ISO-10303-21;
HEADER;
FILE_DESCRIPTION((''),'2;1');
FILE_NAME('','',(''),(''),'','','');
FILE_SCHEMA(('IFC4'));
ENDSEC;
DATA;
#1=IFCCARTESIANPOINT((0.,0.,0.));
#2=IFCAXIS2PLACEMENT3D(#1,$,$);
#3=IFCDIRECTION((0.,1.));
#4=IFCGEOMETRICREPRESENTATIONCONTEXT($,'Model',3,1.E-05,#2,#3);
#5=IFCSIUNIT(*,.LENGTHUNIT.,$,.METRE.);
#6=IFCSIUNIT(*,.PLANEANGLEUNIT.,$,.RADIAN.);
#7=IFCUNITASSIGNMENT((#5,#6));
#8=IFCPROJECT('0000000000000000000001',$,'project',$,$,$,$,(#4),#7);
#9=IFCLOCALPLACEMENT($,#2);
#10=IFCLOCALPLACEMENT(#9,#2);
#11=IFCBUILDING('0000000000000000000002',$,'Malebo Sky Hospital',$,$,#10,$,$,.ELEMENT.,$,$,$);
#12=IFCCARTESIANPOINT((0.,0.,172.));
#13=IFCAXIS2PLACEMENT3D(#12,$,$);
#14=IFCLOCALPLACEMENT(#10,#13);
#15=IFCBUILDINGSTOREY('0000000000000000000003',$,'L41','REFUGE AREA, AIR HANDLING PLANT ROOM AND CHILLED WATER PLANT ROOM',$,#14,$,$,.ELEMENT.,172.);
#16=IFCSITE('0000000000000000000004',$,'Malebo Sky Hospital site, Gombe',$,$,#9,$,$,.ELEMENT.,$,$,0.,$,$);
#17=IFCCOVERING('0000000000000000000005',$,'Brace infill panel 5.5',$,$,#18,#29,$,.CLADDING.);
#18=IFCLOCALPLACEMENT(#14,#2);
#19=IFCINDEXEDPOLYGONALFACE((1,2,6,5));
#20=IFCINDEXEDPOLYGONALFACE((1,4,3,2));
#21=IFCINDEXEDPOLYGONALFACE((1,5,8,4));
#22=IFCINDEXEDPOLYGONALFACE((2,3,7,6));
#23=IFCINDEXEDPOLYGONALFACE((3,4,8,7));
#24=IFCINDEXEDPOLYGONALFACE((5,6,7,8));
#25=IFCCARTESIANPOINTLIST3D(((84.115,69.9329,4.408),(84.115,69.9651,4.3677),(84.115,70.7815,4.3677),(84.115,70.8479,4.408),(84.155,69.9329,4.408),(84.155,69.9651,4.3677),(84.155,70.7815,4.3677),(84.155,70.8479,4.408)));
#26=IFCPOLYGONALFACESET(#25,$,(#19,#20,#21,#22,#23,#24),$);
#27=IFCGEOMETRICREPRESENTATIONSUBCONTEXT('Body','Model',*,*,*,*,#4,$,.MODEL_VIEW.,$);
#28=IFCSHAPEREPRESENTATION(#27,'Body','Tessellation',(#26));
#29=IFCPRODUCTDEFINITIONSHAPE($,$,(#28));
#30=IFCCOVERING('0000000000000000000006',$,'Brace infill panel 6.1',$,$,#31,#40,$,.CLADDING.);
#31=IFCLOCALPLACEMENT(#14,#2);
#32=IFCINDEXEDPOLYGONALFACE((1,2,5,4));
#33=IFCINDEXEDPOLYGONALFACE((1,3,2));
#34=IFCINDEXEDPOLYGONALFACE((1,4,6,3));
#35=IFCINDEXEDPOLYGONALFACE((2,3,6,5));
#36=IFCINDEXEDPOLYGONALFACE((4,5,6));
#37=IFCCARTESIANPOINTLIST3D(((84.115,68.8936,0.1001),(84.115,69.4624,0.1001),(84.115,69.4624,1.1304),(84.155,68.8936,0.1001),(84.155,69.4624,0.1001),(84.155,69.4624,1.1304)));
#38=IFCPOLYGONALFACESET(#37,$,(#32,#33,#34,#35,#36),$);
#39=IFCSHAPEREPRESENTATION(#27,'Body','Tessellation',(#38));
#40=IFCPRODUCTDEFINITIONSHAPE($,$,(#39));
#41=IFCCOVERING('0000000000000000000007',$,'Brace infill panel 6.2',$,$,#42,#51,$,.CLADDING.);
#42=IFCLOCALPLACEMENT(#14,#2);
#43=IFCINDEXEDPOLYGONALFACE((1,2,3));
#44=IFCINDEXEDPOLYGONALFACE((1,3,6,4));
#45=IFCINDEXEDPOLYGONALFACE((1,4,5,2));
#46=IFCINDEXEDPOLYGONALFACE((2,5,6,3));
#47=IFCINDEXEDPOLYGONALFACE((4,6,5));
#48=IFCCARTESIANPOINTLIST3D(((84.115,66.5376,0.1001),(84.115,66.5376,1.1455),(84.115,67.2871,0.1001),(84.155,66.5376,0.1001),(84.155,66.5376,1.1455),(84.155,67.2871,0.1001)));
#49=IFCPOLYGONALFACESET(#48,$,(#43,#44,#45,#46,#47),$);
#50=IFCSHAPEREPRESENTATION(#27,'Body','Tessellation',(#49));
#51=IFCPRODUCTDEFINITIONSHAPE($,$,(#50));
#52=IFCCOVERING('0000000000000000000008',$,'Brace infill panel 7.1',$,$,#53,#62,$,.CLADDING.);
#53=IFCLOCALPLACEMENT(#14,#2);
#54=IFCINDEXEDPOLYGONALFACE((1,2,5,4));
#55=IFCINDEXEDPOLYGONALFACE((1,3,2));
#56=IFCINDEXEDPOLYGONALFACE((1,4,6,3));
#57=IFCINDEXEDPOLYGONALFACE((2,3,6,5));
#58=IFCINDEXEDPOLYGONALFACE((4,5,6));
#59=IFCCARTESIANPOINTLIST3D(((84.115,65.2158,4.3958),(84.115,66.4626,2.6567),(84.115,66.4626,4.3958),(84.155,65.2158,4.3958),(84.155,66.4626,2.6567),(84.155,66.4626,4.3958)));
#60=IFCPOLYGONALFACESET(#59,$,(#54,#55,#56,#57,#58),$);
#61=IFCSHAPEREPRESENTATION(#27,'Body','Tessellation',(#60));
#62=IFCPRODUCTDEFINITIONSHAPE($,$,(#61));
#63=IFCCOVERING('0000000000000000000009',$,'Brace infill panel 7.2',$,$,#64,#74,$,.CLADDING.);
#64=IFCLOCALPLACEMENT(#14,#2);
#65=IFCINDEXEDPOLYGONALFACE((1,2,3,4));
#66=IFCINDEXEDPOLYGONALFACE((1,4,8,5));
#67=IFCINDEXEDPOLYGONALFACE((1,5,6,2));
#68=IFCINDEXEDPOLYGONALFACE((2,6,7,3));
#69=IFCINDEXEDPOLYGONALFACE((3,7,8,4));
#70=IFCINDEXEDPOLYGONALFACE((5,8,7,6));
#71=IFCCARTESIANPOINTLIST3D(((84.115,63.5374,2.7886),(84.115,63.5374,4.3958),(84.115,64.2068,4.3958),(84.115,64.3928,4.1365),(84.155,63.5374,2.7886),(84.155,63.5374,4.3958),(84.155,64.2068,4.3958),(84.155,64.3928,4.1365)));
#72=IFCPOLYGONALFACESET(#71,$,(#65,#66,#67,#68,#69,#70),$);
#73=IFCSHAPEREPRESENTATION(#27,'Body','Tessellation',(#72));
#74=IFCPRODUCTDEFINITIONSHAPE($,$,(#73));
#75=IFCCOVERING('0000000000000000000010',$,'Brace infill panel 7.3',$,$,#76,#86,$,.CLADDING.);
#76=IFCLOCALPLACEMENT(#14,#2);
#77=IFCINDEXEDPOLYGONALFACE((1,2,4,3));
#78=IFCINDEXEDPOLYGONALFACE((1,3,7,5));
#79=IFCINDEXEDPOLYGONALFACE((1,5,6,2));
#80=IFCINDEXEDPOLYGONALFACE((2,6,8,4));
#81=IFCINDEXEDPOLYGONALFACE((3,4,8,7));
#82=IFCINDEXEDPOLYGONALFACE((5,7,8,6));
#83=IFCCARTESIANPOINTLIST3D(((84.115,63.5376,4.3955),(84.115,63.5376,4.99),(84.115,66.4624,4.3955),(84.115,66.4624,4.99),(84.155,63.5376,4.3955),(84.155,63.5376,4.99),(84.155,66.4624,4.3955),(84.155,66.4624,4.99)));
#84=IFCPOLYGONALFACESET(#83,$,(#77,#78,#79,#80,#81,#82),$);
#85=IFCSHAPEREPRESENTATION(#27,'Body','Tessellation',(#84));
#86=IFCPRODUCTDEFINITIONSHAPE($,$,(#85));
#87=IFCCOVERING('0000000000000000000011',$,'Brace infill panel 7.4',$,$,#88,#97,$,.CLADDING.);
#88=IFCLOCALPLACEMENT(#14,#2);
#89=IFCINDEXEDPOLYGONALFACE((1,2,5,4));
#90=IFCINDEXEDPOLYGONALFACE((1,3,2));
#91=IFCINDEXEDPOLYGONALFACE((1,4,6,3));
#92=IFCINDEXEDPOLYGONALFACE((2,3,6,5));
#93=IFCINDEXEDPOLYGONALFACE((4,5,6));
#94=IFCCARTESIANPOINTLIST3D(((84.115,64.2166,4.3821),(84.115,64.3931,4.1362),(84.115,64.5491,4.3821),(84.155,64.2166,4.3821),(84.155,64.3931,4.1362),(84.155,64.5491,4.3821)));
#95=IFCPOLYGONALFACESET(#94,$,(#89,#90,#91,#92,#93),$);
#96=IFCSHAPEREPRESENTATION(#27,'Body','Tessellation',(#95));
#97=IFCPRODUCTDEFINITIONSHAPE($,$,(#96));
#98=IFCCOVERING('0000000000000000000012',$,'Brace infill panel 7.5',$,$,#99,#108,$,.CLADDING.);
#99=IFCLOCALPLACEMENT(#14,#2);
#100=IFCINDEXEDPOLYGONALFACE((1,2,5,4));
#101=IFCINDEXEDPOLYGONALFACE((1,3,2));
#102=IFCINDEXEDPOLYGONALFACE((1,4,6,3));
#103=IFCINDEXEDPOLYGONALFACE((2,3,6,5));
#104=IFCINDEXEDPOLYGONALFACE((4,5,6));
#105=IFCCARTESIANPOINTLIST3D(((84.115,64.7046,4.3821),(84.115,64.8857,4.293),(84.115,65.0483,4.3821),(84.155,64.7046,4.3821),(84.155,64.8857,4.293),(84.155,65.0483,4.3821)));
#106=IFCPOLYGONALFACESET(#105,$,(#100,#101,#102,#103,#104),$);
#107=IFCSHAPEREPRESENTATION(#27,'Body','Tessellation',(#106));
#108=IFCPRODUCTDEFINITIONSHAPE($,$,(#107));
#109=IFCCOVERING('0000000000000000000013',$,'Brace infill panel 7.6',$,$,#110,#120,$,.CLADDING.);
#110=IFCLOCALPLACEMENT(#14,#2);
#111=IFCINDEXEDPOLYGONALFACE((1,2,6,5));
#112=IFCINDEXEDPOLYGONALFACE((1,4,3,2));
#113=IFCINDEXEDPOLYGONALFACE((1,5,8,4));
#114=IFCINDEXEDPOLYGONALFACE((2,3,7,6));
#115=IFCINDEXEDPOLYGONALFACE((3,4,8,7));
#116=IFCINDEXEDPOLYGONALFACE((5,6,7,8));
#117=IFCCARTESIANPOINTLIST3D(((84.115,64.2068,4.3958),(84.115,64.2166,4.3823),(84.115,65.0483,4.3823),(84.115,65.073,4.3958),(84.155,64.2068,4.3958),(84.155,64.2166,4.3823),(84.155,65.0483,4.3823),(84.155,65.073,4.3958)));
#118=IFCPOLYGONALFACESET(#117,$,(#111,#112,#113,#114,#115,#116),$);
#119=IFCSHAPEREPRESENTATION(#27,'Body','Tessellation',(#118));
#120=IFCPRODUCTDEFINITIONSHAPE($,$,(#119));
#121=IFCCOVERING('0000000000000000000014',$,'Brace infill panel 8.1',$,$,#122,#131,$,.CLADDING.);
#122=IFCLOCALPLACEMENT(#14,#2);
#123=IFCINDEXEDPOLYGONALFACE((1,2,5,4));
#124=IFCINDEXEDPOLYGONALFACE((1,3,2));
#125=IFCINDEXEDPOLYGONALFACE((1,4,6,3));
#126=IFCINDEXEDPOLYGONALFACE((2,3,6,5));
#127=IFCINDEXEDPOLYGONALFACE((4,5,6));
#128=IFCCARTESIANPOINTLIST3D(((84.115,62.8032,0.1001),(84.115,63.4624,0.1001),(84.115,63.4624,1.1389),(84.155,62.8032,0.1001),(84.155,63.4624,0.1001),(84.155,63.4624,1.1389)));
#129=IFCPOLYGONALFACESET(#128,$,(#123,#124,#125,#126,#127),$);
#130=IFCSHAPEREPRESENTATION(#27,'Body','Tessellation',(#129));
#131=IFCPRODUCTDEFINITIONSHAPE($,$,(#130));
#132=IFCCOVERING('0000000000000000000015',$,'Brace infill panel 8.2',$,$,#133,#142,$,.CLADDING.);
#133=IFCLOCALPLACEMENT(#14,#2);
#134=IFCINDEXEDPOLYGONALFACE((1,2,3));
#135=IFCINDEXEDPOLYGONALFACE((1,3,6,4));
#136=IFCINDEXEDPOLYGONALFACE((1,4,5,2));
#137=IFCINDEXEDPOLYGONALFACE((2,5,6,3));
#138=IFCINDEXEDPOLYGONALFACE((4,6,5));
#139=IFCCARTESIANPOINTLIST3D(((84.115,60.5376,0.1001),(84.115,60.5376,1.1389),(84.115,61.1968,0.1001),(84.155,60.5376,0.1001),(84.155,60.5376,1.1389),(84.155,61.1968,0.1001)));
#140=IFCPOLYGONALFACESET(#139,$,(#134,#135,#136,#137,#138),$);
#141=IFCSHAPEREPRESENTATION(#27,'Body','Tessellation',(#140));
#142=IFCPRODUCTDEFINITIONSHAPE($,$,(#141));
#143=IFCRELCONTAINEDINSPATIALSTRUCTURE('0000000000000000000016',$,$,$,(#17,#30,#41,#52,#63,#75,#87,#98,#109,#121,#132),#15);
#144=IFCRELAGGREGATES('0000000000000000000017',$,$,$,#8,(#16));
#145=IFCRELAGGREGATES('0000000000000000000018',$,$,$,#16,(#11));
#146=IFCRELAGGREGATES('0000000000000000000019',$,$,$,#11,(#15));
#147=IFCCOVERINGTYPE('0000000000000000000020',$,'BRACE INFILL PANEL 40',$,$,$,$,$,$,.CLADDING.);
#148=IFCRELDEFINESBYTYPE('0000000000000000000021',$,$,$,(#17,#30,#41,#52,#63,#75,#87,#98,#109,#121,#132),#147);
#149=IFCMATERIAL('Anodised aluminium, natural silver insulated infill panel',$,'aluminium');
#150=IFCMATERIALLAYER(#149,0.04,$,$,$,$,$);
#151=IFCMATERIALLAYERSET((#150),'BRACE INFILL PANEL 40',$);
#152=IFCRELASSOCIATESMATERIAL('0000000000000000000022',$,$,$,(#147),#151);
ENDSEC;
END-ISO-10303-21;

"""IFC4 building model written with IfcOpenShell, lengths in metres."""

from ifc_helpers import new_model, si_unit, direction, frame, origin, place, context, subcontext, project, spatial, polyline, outline, extrude, material, layer, layer_set, type_object, element, save


model = new_model("IFC4")

# Units and contexts
model_context = context("Model", 3, precision=1e-05, world=origin(), true_north=direction((0.0, 1.0)))
body_context = subcontext(model_context, "Body", "Model", "MODEL_VIEW")
ifc_project = project(units=[si_unit("LENGTHUNIT", "METRE"), si_unit("PLANEANGLEUNIT", "RADIAN")], contexts=[model_context])

# Site, building, storey
site_placement = place(None, origin())
site = spatial("IfcSite", under=ifc_project, at=site_placement, Name="Malebo Sky Hospital site, Gombe", CompositionType="ELEMENT", RefElevation=0.0)
building_placement = place(site_placement, origin())
building = spatial("IfcBuilding", under=site, at=building_placement, Name="Malebo Sky Hospital", CompositionType="ELEMENT")
storey_placement = place(building_placement, frame((0.0, 0.0, 172.0)))
storey = spatial("IfcBuildingStorey", under=building, at=storey_placement, Name="L41", Description="REFUGE AREA, AIR HANDLING PLANT ROOM AND CHILLED WATER PLANT ROOM", CompositionType="ELEMENT", Elevation=172.0)

# Coverings
ifc_material_1 = material(Name="Anodised aluminium, natural silver insulated infill panel", Category="aluminium")
ifc_layer_1 = layer(ifc_material_1, 0.04)
ifc_layer_set_1 = layer_set([ifc_layer_1], Name="BRACE INFILL PANEL 40")
covering_type = type_object("IfcCoveringType", Name="BRACE INFILL PANEL 40", PredefinedType="CLADDING", material=ifc_layer_set_1)
covering_1_placement = place(storey_placement, frame((84.135, 70.3904, 4.3677), z_axis=(0.0, 0.0, 1.0), x_axis=(0.0, -1.0, 0.0)))
element("IfcCovering", 1, at=covering_1_placement, inside=storey, type_object=covering_type, Name="Brace infill panel 5.5", PredefinedType="CLADDING", context=body_context, shape_type="SweptSolid", body=[
    extrude(outline(polyline([(-0.3911, 0.0), (0.4253, 0.0), (0.4575, 0.0403), (-0.4575, 0.0403), (-0.3911, 0.0)])), frame((0.0, 0.02, 0.0), z_axis=(0.0, -1.0, 0.0), x_axis=(1.0, 0.0, 0.0)), (0.0, 0.0, 1.0), 0.04),
])
covering_2_placement = place(storey_placement, frame((84.135, 69.178, 0.1001), z_axis=(0.0, 0.0, 1.0), x_axis=(0.0, -1.0, 0.0)))
element("IfcCovering", 2, at=covering_2_placement, inside=storey, type_object=covering_type, Name="Brace infill panel 6.1", PredefinedType="CLADDING", context=body_context, shape_type="SweptSolid", body=[
    extrude(outline(polyline([(-0.2844, 0.0), (0.2844, 0.0), (-0.2844, 1.0303), (-0.2844, 0.0)])), frame((0.0, 0.02, 0.0), z_axis=(0.0, -1.0, 0.0), x_axis=(1.0, 0.0, 0.0)), (0.0, 0.0, 1.0), 0.04),
])
covering_3_placement = place(storey_placement, frame((84.135, 66.9124, 0.1001), z_axis=(0.0, 0.0, 1.0), x_axis=(0.0, -1.0, 0.0)))
element("IfcCovering", 3, at=covering_3_placement, inside=storey, type_object=covering_type, Name="Brace infill panel 6.2", PredefinedType="CLADDING", context=body_context, shape_type="SweptSolid", body=[
    extrude(outline(polyline([(-0.3748, 0.0), (0.3748, 0.0), (0.3748, 1.0454), (-0.3748, 0.0)])), frame((0.0, 0.02, 0.0), z_axis=(0.0, -1.0, 0.0), x_axis=(1.0, 0.0, 0.0)), (0.0, 0.0, 1.0), 0.04),
])
covering_4_placement = place(storey_placement, frame((84.135, 65.8391, 2.6567), z_axis=(0.0, 0.0, 1.0), x_axis=(0.0, -1.0, 0.0)))
element("IfcCovering", 4, at=covering_4_placement, inside=storey, type_object=covering_type, Name="Brace infill panel 7.1", PredefinedType="CLADDING", context=body_context, shape_type="SweptSolid", body=[
    extrude(outline(polyline([(-0.6235, 0.0), (0.6233, 1.739), (-0.6235, 1.739), (-0.6235, 0.0)])), frame((0.0, 0.02, 0.0), z_axis=(0.0, -1.0, 0.0), x_axis=(1.0, 0.0, 0.0)), (0.0, 0.0, 1.0), 0.04),
])
covering_5_placement = place(storey_placement, frame((84.135, 63.9651, 2.7886), z_axis=(0.0, 0.0, 1.0), x_axis=(0.0, -1.0, 0.0)))
element("IfcCovering", 5, at=covering_5_placement, inside=storey, type_object=covering_type, Name="Brace infill panel 7.2", PredefinedType="CLADDING", context=body_context, shape_type="SweptSolid", body=[
    extrude(outline(polyline([(0.4277, 0.0), (0.4277, 1.6072), (-0.2417, 1.6072), (-0.4277, 1.3479), (0.4277, 0.0)])), frame((0.0, 0.02, 0.0), z_axis=(0.0, -1.0, 0.0), x_axis=(1.0, 0.0, 0.0)), (0.0, 0.0, 1.0), 0.04),
])
covering_6_placement = place(storey_placement, frame((84.135, 65.0, 4.3955), z_axis=(0.0, 0.0, 1.0), x_axis=(0.0, -1.0, 0.0)))
element("IfcCovering", 6, at=covering_6_placement, inside=storey, type_object=covering_type, Name="Brace infill panel 7.3", PredefinedType="CLADDING", context=body_context, shape_type="SweptSolid", body=[
    extrude(outline(polyline([(-1.4624, 0.0), (1.4624, 0.0), (1.4624, 0.5945), (-1.4624, 0.5945), (-1.4624, 0.0)])), frame((0.0, 0.02, 0.0), z_axis=(0.0, -1.0, 0.0), x_axis=(1.0, 0.0, 0.0)), (0.0, 0.0, 1.0), 0.04),
])
covering_7_placement = place(storey_placement, frame((84.135, 64.3828, 4.1362), z_axis=(0.0, 0.0, 1.0), x_axis=(0.0, -1.0, 0.0)))
element("IfcCovering", 7, at=covering_7_placement, inside=storey, type_object=covering_type, Name="Brace infill panel 7.4", PredefinedType="CLADDING", context=body_context, shape_type="SweptSolid", body=[
    extrude(outline(polyline([(-0.0103, 0.0), (0.1663, 0.2458), (-0.1663, 0.2458), (-0.0103, 0.0)])), frame((0.0, 0.02, 0.0), z_axis=(0.0, -1.0, 0.0), x_axis=(1.0, 0.0, 0.0)), (0.0, 0.0, 1.0), 0.04),
])
covering_8_placement = place(storey_placement, frame((84.135, 64.8765, 4.293), z_axis=(0.0, 0.0, 1.0), x_axis=(0.0, -1.0, 0.0)))
element("IfcCovering", 8, at=covering_8_placement, inside=storey, type_object=covering_type, Name="Brace infill panel 7.5", PredefinedType="CLADDING", context=body_context, shape_type="SweptSolid", body=[
    extrude(outline(polyline([(-0.0093, 0.0), (0.1719, 0.0891), (-0.1719, 0.0891), (-0.0093, 0.0)])), frame((0.0, 0.02, 0.0), z_axis=(0.0, -1.0, 0.0), x_axis=(1.0, 0.0, 0.0)), (0.0, 0.0, 1.0), 0.04),
])
covering_9_placement = place(storey_placement, frame((84.135, 64.6399, 4.3823), z_axis=(0.0, 0.0, 1.0), x_axis=(0.0, -1.0, 0.0)))
element("IfcCovering", 9, at=covering_9_placement, inside=storey, type_object=covering_type, Name="Brace infill panel 7.6", PredefinedType="CLADDING", context=body_context, shape_type="SweptSolid", body=[
    extrude(outline(polyline([(-0.4084, 0.0), (0.4233, 0.0), (0.4331, 0.0134), (-0.4331, 0.0134), (-0.4084, 0.0)])), frame((0.0, 0.02, 0.0), z_axis=(0.0, -1.0, 0.0), x_axis=(1.0, 0.0, 0.0)), (0.0, 0.0, 1.0), 0.04),
])
covering_10_placement = place(storey_placement, frame((84.135, 63.1328, 0.1001), z_axis=(0.0, 0.0, 1.0), x_axis=(0.0, -1.0, 0.0)))
element("IfcCovering", 10, at=covering_10_placement, inside=storey, type_object=covering_type, Name="Brace infill panel 8.1", PredefinedType="CLADDING", context=body_context, shape_type="SweptSolid", body=[
    extrude(outline(polyline([(-0.3296, 0.0), (0.3296, 0.0), (-0.3296, 1.0388), (-0.3296, 0.0)])), frame((0.0, 0.02, 0.0), z_axis=(0.0, -1.0, 0.0), x_axis=(1.0, 0.0, 0.0)), (0.0, 0.0, 1.0), 0.04),
])
covering_11_placement = place(storey_placement, frame((84.135, 60.8672, 0.1001), z_axis=(0.0, 0.0, 1.0), x_axis=(0.0, -1.0, 0.0)))
element("IfcCovering", 11, at=covering_11_placement, inside=storey, type_object=covering_type, Name="Brace infill panel 8.2", PredefinedType="CLADDING", context=body_context, shape_type="SweptSolid", body=[
    extrude(outline(polyline([(-0.3296, 0.0), (0.3296, 0.0), (0.3296, 1.0388), (-0.3296, 0.0)])), frame((0.0, 0.02, 0.0), z_axis=(0.0, -1.0, 0.0), x_axis=(1.0, 0.0, 0.0)), (0.0, 0.0, 1.0), 0.04),
])

save(model, "model.ifc")
